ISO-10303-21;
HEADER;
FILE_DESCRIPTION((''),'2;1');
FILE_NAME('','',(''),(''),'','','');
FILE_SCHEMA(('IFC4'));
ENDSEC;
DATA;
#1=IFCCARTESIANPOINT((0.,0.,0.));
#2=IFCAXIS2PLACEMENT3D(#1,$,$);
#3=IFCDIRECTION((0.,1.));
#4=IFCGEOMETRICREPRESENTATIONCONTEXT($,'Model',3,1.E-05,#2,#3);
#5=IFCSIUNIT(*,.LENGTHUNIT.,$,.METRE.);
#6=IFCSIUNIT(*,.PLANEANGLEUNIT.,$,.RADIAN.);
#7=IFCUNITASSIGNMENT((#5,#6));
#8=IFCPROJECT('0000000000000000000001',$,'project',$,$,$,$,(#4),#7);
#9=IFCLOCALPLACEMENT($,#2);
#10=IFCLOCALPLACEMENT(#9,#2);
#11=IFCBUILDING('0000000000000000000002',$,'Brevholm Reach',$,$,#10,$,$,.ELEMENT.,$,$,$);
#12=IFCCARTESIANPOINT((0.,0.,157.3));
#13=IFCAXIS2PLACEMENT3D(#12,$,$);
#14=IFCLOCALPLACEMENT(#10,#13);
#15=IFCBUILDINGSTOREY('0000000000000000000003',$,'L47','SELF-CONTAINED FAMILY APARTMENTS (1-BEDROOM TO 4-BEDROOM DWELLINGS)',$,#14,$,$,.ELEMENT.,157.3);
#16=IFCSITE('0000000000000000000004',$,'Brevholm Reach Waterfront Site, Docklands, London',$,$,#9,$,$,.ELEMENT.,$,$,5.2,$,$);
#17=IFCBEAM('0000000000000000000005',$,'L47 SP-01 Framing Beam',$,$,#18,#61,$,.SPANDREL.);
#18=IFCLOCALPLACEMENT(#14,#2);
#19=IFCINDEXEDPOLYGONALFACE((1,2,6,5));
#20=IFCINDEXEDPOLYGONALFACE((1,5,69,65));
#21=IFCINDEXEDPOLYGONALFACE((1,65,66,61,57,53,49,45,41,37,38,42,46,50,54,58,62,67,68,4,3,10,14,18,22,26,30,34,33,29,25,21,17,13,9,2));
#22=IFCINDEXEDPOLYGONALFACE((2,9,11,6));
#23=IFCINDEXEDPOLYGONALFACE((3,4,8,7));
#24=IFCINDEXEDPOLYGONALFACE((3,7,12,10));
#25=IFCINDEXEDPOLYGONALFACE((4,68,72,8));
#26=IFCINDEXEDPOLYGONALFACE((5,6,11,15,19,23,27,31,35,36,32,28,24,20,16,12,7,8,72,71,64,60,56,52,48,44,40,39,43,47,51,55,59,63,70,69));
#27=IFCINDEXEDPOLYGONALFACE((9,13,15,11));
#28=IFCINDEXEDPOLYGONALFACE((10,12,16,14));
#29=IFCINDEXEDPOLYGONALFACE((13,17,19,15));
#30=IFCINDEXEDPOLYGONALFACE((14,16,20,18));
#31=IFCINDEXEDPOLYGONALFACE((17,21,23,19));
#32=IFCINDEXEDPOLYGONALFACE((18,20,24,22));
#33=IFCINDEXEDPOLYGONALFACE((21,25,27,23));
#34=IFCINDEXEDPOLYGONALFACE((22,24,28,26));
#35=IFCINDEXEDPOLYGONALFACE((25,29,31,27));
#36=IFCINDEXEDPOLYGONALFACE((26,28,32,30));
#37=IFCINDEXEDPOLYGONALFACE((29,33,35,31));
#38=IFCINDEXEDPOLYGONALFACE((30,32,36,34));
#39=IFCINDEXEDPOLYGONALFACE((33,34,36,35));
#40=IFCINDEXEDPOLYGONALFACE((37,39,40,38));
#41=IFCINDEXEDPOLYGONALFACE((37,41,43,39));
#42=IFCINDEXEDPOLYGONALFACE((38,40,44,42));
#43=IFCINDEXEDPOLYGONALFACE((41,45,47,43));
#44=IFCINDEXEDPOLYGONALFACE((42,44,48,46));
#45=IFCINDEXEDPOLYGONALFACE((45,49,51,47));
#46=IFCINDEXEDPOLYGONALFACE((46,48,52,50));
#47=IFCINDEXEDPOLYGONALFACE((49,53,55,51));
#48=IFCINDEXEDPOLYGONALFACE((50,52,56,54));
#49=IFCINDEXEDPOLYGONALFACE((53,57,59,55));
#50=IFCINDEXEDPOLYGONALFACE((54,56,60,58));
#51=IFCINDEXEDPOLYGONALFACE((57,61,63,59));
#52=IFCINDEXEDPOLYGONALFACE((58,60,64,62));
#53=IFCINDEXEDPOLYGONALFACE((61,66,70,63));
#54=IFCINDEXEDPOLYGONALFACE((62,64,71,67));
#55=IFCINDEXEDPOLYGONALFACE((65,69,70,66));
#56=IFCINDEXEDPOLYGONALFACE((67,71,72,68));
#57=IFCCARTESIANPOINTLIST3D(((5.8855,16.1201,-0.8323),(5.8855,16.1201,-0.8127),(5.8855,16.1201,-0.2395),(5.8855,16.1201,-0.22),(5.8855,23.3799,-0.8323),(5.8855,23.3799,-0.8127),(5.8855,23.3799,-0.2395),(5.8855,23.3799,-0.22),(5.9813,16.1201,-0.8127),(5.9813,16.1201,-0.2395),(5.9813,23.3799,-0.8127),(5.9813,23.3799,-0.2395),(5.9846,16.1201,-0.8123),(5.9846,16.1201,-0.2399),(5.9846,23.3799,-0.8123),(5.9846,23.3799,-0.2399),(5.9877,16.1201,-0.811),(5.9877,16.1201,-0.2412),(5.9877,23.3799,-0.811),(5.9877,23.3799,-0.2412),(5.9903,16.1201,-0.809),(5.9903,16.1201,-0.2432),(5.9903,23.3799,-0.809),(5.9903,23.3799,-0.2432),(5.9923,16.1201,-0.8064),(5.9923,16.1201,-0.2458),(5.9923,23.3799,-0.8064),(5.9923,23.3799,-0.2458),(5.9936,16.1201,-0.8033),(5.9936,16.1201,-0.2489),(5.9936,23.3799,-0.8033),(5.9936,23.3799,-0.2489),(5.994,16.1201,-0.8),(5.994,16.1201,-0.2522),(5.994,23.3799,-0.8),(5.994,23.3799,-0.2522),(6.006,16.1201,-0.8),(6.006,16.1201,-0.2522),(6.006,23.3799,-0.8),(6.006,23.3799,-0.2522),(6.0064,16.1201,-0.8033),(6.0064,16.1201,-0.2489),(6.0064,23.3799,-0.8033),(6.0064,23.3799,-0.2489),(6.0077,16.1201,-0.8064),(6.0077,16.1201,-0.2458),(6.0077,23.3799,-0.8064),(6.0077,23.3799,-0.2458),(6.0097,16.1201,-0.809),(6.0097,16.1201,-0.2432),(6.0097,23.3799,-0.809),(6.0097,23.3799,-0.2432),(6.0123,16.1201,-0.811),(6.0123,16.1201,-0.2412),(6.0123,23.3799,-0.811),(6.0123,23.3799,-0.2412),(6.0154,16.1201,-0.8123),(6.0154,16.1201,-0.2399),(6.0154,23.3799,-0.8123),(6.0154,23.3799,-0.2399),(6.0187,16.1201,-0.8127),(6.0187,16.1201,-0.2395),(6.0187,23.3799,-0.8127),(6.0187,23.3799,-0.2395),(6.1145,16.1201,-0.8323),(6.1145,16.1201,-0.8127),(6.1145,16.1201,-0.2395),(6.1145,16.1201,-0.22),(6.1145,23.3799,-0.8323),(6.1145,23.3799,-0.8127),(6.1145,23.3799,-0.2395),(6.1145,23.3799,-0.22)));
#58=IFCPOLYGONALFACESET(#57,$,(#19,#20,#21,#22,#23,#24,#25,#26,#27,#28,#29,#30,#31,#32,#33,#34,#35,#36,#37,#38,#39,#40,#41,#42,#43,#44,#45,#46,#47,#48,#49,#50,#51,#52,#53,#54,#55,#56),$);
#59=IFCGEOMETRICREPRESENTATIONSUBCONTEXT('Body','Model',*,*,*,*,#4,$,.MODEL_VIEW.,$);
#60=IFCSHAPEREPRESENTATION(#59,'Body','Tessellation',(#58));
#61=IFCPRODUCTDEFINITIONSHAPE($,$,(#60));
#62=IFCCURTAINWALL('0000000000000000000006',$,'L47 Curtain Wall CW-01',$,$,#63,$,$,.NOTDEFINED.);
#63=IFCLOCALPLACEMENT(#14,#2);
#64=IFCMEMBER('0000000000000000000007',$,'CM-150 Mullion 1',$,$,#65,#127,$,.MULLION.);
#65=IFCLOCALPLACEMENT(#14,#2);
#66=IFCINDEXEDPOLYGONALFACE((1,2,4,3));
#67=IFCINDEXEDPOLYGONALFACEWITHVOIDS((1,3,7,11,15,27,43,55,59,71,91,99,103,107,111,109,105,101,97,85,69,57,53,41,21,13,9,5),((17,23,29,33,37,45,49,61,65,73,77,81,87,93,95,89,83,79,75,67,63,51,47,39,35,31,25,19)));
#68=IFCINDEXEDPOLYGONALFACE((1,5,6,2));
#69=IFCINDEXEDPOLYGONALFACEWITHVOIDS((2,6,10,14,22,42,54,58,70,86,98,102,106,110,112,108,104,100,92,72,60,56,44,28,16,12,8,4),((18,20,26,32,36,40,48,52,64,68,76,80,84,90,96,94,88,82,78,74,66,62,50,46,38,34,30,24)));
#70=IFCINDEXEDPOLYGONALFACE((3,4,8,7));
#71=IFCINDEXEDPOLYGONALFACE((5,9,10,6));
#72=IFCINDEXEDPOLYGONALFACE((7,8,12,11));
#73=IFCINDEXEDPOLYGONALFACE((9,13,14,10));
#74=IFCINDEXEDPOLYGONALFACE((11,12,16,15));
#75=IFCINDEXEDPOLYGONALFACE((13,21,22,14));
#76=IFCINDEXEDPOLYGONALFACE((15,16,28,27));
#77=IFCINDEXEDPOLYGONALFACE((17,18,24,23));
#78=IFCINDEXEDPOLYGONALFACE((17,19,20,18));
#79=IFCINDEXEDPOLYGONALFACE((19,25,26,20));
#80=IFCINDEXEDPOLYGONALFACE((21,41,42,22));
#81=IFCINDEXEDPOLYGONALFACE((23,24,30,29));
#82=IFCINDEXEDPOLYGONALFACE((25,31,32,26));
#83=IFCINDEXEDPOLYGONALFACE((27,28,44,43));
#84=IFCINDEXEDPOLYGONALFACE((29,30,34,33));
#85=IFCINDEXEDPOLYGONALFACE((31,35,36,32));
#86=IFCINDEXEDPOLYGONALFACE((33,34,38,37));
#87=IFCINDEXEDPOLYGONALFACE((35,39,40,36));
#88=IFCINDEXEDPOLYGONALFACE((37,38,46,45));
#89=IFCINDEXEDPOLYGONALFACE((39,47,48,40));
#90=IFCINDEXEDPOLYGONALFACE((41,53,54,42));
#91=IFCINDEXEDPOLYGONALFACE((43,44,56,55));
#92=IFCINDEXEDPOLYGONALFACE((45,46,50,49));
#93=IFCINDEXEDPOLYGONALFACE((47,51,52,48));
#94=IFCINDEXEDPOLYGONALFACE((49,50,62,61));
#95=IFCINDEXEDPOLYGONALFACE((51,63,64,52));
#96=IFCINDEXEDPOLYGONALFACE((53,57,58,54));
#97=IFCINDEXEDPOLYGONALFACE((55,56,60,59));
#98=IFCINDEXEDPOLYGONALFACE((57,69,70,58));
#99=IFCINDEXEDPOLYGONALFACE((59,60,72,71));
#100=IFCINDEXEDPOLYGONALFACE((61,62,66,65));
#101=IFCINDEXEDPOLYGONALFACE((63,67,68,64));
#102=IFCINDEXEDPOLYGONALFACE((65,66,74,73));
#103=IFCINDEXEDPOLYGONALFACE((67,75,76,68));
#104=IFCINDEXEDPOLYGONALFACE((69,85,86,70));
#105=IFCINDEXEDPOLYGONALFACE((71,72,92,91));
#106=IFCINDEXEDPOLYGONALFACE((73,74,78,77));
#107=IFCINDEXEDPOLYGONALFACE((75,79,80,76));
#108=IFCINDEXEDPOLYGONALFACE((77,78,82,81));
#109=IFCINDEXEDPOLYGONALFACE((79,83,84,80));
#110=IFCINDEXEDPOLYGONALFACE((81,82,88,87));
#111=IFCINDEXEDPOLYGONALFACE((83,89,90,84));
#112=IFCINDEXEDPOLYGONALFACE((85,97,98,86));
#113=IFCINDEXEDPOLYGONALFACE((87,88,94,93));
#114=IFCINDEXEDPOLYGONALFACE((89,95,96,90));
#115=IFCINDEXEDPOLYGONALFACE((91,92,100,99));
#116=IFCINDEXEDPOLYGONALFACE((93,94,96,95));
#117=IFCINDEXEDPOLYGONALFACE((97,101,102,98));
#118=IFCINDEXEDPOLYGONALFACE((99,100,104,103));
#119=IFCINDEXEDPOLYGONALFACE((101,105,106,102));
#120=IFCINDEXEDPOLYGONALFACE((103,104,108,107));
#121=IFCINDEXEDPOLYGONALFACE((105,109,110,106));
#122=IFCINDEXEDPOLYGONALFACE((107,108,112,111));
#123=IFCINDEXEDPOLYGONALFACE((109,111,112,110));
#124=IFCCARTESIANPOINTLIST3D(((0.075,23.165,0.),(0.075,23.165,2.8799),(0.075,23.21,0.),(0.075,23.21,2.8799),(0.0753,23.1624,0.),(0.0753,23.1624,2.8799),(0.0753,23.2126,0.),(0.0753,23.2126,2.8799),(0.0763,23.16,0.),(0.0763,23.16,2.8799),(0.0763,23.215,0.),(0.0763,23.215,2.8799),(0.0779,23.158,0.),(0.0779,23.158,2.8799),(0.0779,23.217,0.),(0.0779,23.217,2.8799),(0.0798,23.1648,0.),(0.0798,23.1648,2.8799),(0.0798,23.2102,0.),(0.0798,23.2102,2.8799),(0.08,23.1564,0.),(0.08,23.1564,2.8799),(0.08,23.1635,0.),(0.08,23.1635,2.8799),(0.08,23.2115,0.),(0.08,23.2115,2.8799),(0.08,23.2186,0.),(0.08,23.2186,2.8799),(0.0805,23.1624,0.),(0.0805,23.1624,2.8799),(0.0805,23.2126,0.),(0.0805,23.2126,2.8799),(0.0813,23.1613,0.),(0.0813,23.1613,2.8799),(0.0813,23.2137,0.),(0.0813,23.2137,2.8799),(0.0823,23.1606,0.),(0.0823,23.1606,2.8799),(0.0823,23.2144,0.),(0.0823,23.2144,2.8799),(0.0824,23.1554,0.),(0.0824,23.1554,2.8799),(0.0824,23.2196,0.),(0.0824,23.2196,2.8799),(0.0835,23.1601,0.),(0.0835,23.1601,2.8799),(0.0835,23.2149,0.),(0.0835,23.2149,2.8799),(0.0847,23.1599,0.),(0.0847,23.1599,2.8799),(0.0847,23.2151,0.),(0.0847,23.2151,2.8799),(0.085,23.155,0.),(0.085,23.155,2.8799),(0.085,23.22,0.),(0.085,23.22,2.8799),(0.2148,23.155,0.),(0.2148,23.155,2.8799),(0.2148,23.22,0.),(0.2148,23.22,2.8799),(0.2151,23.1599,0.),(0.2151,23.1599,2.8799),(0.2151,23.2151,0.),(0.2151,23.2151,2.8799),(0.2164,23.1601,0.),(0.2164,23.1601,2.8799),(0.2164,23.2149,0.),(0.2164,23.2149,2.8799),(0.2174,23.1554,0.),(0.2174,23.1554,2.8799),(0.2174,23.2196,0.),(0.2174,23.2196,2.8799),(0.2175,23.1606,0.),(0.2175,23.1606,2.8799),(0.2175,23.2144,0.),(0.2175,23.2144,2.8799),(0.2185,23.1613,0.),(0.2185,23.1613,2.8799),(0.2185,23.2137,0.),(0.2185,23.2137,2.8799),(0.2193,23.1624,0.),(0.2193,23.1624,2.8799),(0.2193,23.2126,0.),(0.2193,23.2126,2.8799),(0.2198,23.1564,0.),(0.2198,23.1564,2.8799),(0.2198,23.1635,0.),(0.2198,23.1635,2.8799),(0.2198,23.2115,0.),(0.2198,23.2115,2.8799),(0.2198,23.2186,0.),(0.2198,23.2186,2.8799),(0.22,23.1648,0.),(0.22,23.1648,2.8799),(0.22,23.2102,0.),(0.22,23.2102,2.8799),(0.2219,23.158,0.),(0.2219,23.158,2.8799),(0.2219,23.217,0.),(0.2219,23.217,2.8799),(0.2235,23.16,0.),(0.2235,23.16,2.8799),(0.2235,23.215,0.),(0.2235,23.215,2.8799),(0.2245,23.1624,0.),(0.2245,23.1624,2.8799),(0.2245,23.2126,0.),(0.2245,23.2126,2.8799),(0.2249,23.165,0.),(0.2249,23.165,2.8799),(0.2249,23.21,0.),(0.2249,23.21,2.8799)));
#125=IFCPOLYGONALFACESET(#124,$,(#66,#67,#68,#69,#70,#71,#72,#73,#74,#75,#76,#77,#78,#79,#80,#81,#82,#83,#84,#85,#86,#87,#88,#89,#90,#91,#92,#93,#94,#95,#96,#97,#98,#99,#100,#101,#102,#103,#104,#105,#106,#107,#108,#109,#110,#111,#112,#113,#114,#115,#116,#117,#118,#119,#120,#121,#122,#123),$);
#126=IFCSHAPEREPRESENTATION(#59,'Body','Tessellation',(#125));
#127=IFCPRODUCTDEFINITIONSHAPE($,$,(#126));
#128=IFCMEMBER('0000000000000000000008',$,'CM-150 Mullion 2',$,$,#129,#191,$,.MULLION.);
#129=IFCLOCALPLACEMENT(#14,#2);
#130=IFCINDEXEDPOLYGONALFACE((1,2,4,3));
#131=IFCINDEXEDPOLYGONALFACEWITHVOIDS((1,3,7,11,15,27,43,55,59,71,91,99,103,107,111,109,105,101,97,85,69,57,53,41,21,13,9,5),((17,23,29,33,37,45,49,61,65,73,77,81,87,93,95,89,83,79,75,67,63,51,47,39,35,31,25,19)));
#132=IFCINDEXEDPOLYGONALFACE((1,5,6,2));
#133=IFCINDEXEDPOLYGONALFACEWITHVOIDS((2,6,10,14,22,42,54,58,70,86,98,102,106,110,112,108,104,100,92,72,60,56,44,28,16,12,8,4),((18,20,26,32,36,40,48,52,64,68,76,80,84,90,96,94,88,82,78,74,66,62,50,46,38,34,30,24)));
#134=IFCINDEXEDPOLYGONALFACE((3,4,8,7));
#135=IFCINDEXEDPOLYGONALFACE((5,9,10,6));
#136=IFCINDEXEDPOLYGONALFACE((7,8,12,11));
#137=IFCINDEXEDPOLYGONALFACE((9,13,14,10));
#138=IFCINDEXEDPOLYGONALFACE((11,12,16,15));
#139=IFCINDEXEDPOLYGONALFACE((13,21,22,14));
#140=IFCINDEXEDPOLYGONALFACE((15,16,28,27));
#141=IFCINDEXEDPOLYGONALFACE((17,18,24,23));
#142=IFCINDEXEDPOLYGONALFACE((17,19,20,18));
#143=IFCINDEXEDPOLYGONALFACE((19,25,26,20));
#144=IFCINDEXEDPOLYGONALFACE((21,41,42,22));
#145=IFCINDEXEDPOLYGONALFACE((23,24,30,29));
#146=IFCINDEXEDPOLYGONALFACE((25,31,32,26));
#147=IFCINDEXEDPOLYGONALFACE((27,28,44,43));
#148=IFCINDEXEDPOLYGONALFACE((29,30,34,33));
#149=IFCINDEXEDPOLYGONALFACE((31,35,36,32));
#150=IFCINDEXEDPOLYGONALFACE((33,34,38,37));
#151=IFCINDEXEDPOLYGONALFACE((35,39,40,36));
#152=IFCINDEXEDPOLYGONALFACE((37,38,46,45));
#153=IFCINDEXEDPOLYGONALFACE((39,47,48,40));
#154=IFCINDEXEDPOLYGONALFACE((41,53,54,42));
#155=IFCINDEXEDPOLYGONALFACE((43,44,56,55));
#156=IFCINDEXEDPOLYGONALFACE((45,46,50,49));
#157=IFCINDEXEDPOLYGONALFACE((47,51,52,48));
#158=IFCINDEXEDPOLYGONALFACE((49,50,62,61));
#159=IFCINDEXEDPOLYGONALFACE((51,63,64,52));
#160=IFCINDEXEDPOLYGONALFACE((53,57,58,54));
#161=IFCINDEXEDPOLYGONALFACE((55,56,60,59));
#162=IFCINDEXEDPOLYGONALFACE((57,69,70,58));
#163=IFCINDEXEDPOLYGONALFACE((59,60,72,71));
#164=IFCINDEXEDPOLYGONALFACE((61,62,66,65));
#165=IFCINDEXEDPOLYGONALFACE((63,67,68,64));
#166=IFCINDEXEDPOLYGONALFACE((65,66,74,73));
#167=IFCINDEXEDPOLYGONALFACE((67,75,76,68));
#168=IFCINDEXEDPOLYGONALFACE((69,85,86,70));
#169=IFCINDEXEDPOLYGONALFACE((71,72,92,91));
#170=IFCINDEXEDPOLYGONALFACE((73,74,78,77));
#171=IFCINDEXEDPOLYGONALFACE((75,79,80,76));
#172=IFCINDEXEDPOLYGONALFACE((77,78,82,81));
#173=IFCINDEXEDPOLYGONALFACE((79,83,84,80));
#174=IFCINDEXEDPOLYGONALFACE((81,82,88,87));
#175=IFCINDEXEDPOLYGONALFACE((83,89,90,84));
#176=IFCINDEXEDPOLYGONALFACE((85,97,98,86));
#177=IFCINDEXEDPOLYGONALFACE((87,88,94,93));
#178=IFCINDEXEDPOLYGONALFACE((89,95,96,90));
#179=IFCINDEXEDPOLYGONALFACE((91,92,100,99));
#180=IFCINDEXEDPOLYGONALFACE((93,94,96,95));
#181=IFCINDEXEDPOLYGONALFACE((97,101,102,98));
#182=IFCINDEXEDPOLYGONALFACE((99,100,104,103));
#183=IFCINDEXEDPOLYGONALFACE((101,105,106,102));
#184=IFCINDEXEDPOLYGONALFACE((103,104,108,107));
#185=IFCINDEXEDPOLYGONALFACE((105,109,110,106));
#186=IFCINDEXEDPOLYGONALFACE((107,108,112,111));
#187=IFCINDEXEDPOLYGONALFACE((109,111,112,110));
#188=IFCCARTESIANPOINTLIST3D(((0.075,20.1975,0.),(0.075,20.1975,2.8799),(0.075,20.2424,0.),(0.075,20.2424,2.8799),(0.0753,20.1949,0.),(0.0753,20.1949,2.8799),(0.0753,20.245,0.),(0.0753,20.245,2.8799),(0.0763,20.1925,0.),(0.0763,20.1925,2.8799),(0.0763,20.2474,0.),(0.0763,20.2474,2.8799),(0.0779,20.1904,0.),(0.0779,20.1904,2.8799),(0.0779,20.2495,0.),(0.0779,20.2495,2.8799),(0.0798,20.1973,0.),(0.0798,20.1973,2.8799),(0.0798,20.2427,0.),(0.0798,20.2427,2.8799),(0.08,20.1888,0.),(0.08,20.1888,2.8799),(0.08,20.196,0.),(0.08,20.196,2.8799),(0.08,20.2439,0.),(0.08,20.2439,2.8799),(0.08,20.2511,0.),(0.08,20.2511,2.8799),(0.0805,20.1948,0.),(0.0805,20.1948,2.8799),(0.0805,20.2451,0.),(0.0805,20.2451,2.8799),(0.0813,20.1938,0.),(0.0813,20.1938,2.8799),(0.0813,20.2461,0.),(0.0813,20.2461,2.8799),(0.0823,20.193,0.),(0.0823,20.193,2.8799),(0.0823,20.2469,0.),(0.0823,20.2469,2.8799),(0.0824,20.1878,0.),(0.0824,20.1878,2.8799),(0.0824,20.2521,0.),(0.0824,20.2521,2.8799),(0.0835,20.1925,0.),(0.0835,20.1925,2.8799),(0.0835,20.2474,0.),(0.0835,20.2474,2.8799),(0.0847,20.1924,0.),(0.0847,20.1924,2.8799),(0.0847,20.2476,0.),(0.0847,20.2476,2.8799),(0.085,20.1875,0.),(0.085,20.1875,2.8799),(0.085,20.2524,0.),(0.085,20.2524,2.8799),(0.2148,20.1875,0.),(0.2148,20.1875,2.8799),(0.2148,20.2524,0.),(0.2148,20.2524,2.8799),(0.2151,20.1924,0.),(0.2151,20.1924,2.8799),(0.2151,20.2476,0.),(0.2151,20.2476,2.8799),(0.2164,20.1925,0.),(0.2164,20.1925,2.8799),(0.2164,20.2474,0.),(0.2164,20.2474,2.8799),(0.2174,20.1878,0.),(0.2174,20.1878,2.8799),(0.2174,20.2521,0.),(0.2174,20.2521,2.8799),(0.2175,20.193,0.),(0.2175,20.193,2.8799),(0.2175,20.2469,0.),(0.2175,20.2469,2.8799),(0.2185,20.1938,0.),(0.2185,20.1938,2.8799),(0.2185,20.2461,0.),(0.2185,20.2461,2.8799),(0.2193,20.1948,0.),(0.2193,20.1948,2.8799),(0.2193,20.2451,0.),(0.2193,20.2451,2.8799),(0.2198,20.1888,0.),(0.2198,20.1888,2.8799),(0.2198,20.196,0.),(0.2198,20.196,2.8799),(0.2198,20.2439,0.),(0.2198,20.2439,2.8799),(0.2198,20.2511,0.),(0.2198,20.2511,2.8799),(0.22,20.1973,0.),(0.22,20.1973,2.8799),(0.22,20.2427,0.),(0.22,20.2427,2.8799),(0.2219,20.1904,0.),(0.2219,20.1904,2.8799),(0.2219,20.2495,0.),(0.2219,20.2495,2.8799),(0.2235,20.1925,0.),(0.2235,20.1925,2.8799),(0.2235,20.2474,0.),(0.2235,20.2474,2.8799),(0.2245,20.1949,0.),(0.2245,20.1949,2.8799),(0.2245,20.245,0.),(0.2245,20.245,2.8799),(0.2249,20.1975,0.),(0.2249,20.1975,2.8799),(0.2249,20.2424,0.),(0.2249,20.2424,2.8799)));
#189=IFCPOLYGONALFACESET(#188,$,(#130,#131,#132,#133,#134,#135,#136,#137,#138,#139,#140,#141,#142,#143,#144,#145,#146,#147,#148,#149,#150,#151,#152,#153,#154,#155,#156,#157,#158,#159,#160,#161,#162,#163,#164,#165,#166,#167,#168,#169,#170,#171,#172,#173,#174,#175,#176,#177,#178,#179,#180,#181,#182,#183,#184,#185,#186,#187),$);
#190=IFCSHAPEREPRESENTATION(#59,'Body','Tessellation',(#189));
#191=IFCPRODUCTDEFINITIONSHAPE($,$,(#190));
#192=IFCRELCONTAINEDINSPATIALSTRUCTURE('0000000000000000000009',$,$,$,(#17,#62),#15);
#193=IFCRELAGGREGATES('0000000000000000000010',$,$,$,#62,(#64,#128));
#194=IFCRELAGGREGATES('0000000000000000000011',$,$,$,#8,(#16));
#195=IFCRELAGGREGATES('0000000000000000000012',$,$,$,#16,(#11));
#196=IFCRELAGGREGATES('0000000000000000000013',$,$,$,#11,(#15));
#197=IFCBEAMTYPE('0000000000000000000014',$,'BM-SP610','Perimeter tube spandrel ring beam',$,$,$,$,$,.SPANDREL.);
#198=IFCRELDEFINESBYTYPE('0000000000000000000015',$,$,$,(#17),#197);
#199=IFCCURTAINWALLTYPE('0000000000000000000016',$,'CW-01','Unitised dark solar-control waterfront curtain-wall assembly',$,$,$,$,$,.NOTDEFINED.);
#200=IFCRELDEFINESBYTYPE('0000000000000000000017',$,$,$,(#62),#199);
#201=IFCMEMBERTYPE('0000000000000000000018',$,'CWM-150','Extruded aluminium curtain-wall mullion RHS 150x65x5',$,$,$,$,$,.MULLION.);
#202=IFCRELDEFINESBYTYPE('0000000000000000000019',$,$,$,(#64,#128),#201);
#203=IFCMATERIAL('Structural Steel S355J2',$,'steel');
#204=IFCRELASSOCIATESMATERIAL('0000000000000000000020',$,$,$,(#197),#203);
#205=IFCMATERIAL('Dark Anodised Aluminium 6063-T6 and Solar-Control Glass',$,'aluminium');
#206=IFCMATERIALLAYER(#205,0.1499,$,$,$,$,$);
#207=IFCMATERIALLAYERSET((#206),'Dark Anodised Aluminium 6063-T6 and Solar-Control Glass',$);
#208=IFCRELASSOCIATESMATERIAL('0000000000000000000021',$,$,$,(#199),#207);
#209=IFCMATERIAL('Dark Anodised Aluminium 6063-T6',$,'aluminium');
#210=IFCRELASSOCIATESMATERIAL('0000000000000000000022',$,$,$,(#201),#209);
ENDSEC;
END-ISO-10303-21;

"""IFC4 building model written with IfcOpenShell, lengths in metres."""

from ifc_helpers import new_model, si_unit, direction, frame, origin, origin_2d, place, context, subcontext, project, spatial, hollow_rectangle, i_section, extrude, material, layer, layer_set, material_profile, profile_set, type_object, element, aggregate, save


model = new_model("IFC4")

# Units and contexts
model_context = context("Model", 3, precision=1e-05, world=origin(), true_north=direction((0.0, 1.0)))
body_context = subcontext(model_context, "Body", "Model", "MODEL_VIEW")
ifc_project = project(units=[si_unit("LENGTHUNIT", "METRE"), si_unit("PLANEANGLEUNIT", "RADIAN")], contexts=[model_context])

# Site, building, storey
site_placement = place(None, origin())
site = spatial("IfcSite", under=ifc_project, at=site_placement, Name="Brevholm Reach Waterfront Site, Docklands, London", CompositionType="ELEMENT", RefElevation=5.2)
building_placement = place(site_placement, origin())
building = spatial("IfcBuilding", under=site, at=building_placement, Name="Brevholm Reach", CompositionType="ELEMENT")
storey_placement = place(building_placement, frame((0.0, 0.0, 157.3)))
storey = spatial("IfcBuildingStorey", under=building, at=storey_placement, Name="L47", Description="SELF-CONTAINED FAMILY APARTMENTS (1-BEDROOM TO 4-BEDROOM DWELLINGS)", CompositionType="ELEMENT", Elevation=157.3)

# Beam
ifc_material_1 = material(Name="Structural Steel S355J2", Category="steel")
ifc_material_profile_1 = material_profile(ifc_material_1, i_section(OverallWidth=0.229, OverallDepth=0.6123, WebThickness=0.012, FlangeThickness=0.0195, FilletRadius=0.0127, at=origin_2d()), Name="UKB 610x229x125")
ifc_profile_set_1 = profile_set([ifc_material_profile_1], Name="Structural Steel S355J2")
beam_type_1 = type_object("IfcBeamType", Name="BM-SP610", Description="Perimeter tube spandrel ring beam", PredefinedType="SPANDREL", material=ifc_profile_set_1)
beam_1_placement = place(storey_placement, frame((6.0, 16.1201, -0.5261), z_axis=(0.0, 1.0, 0.0), x_axis=(-1.0, 0.0, 0.0)))
element("IfcBeam", 1, at=beam_1_placement, inside=storey, type_object=beam_type_1, Name="L47 SP-01 Framing Beam", PredefinedType="SPANDREL", context=body_context, shape_type="SweptSolid", body=[
    extrude(i_section(OverallWidth=0.229, OverallDepth=0.6123, WebThickness=0.012, FlangeThickness=0.0195, FilletRadius=0.0127, at=origin_2d()), origin(), (0.0, 0.0, 1.0), 7.2598),
])

# Curtain wall, members
ifc_material_2 = material(Name="Dark Anodised Aluminium 6063-T6 and Solar-Control Glass", Category="aluminium")
ifc_layer_1 = layer(ifc_material_2, 0.1499)
ifc_layer_set_1 = layer_set([ifc_layer_1], Name="Dark Anodised Aluminium 6063-T6 and Solar-Control Glass")
curtain_wall_type = type_object("IfcCurtainWallType", Name="CW-01", Description="Unitised dark solar-control waterfront curtain-wall assembly", PredefinedType="NOTDEFINED", material=ifc_layer_set_1)
curtain_wall_placement = place(storey_placement, origin())
curtain_wall = element("IfcCurtainWall", 2, at=curtain_wall_placement, inside=storey, type_object=curtain_wall_type, Name="L47 Curtain Wall CW-01", PredefinedType="NOTDEFINED")
ifc_material_3 = material(Name="Dark Anodised Aluminium 6063-T6", Category="aluminium")
ifc_material_profile_2 = material_profile(ifc_material_3, hollow_rectangle(XDim=0.0649, YDim=0.1499, WallThickness=0.0049, InnerFilletRadius=0.0049, OuterFilletRadius=0.01, at=origin_2d()), Name="RHS 150x65x5")
ifc_profile_set_2 = profile_set([ifc_material_profile_2], Name="Dark Anodised Aluminium 6063-T6")
member_type_1 = type_object("IfcMemberType", Name="CWM-150", Description="Extruded aluminium curtain-wall mullion RHS 150x65x5", PredefinedType="MULLION", material=ifc_profile_set_2)
member_1_placement = place(storey_placement, frame((0.1499, 23.1875, 0.0), z_axis=(0.0, 0.0, 1.0), x_axis=(0.0, -1.0, 0.0)))
member_1 = element("IfcMember", 3, at=member_1_placement, type_object=member_type_1, Name="CM-150 Mullion 1", PredefinedType="MULLION", context=body_context, shape_type="SweptSolid", body=[
    extrude(hollow_rectangle(XDim=0.0649, YDim=0.1499, WallThickness=0.0049, InnerFilletRadius=0.0049, OuterFilletRadius=0.01, at=origin_2d()), origin(), (0.0, 0.0, 1.0), 2.8799),
])
member_2_placement = place(storey_placement, frame((0.1499, 20.22, 0.0), z_axis=(0.0, 0.0, 1.0), x_axis=(0.0, -1.0, 0.0)))
member_2 = element("IfcMember", 4, at=member_2_placement, type_object=member_type_1, Name="CM-150 Mullion 2", PredefinedType="MULLION", context=body_context, shape_type="SweptSolid", body=[
    extrude(hollow_rectangle(XDim=0.0649, YDim=0.1499, WallThickness=0.0049, InnerFilletRadius=0.0049, OuterFilletRadius=0.01, at=origin_2d()), origin(), (0.0, 0.0, 1.0), 2.8799),
])
aggregate(curtain_wall, [member_1, member_2])

save(model, "model.ifc")
